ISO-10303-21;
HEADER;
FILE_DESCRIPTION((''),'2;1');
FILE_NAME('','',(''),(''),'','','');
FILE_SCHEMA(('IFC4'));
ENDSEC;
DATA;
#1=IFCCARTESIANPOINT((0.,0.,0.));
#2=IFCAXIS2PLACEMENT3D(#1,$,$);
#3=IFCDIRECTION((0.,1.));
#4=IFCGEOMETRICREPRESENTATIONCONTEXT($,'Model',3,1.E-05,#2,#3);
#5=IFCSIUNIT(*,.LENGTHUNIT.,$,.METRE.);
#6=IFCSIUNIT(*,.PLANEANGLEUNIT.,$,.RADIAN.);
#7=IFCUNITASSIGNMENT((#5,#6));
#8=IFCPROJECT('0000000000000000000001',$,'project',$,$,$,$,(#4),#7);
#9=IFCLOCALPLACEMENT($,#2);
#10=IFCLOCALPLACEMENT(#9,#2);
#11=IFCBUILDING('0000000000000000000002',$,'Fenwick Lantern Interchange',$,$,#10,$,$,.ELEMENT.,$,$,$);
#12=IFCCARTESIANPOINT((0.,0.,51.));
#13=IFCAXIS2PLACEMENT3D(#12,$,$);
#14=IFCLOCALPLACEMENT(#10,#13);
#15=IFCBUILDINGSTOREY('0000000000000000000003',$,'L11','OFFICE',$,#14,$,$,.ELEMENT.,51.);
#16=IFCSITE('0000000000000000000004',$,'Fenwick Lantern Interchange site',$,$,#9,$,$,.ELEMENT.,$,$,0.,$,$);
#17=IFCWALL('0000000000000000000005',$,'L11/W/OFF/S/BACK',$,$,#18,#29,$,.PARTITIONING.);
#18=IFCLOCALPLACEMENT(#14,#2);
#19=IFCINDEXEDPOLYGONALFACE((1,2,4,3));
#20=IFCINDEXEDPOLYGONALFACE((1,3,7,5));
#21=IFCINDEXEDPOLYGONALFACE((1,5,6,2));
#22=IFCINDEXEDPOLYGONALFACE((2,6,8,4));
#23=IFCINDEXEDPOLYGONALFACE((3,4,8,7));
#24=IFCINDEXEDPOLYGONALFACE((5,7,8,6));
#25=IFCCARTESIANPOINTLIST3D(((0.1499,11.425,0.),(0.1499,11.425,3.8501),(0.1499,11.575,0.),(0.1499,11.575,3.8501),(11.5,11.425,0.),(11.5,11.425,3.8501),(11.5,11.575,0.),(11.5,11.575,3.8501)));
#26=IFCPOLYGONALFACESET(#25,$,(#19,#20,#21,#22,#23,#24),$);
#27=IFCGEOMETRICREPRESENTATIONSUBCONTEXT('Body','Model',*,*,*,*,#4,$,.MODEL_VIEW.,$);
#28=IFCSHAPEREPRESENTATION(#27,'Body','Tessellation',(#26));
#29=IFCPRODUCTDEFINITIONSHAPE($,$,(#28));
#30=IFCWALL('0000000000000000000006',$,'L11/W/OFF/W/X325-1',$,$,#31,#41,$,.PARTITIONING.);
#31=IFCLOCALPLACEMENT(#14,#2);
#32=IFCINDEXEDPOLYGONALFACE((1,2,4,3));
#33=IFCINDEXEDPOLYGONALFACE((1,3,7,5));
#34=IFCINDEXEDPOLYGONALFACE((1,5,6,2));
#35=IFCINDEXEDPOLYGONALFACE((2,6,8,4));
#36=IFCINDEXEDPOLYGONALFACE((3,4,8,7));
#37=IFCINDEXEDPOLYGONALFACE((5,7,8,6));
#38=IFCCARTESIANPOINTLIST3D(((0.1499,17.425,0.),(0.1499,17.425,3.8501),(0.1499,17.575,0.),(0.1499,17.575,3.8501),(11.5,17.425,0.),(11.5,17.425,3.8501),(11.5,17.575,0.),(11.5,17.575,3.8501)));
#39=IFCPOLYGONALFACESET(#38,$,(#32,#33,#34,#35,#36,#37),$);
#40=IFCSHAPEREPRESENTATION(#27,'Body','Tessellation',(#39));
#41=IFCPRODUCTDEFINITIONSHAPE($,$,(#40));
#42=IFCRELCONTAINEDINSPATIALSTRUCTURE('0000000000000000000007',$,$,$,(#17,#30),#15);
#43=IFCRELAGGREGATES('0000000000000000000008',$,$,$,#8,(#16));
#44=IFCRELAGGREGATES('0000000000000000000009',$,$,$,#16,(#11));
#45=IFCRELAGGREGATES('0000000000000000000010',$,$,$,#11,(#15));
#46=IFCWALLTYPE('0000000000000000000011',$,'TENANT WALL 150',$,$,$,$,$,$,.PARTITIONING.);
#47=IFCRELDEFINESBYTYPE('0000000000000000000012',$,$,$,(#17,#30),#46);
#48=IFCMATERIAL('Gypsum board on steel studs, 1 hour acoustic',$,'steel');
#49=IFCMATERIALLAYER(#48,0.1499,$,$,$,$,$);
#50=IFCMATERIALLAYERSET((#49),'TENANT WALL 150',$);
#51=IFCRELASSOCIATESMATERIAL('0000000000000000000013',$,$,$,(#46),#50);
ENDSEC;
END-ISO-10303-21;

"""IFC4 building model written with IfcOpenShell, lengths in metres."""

from ifc_helpers import new_model, si_unit, direction, frame, frame_2d, origin, place, context, subcontext, project, spatial, rectangle, extrude, material, layer, layer_set, type_object, element, save


model = new_model("IFC4")

# Units and contexts
model_context = context("Model", 3, precision=1e-05, world=origin(), true_north=direction((0.0, 1.0)))
body_context = subcontext(model_context, "Body", "Model", "MODEL_VIEW")
ifc_project = project(units=[si_unit("LENGTHUNIT", "METRE"), si_unit("PLANEANGLEUNIT", "RADIAN")], contexts=[model_context])

# Site, building, storey
site_placement = place(None, origin())
site = spatial("IfcSite", under=ifc_project, at=site_placement, Name="Fenwick Lantern Interchange site", CompositionType="ELEMENT", RefElevation=0.0)
building_placement = place(site_placement, origin())
building = spatial("IfcBuilding", under=site, at=building_placement, Name="Fenwick Lantern Interchange", CompositionType="ELEMENT")
storey_placement = place(building_placement, frame((0.0, 0.0, 51.0)))
storey = spatial("IfcBuildingStorey", under=building, at=storey_placement, Name="L11", Description="OFFICE", CompositionType="ELEMENT", Elevation=51.0)

# Walls
ifc_material_1 = material(Name="Gypsum board on steel studs, 1 hour acoustic", Category="steel")
ifc_layer = layer(ifc_material_1, 0.1499)
ifc_layer_set = layer_set([ifc_layer], Name="TENANT WALL 150")
wall_type = type_object("IfcWallType", Name="TENANT WALL 150", PredefinedType="PARTITIONING", material=ifc_layer_set)
for number, where, z_axis, x_axis, name in (
    (1, (0.1499, 11.5, 0.0), (0.0, 0.0, 1.0), (1.0, 0.0, 0.0), "L11/W/OFF/S/BACK"),
    (2, (0.1499, 17.5, 0.0), (0.0, 0.0, 1.0), (1.0, 0.0, 0.0), "L11/W/OFF/W/X325-1"),
):
    element("IfcWall", number, at=place(storey_placement, frame(where, z_axis=z_axis, x_axis=x_axis)), inside=storey, type_object=wall_type, Name=name, PredefinedType="PARTITIONING", context=body_context, shape_type="SweptSolid", body=[
        extrude(rectangle(XDim=11.3501, YDim=0.1499, at=frame_2d((5.675, 0.0))), origin(), (0.0, 0.0, 1.0), 3.8501),
    ])

save(model, "model.ifc")
